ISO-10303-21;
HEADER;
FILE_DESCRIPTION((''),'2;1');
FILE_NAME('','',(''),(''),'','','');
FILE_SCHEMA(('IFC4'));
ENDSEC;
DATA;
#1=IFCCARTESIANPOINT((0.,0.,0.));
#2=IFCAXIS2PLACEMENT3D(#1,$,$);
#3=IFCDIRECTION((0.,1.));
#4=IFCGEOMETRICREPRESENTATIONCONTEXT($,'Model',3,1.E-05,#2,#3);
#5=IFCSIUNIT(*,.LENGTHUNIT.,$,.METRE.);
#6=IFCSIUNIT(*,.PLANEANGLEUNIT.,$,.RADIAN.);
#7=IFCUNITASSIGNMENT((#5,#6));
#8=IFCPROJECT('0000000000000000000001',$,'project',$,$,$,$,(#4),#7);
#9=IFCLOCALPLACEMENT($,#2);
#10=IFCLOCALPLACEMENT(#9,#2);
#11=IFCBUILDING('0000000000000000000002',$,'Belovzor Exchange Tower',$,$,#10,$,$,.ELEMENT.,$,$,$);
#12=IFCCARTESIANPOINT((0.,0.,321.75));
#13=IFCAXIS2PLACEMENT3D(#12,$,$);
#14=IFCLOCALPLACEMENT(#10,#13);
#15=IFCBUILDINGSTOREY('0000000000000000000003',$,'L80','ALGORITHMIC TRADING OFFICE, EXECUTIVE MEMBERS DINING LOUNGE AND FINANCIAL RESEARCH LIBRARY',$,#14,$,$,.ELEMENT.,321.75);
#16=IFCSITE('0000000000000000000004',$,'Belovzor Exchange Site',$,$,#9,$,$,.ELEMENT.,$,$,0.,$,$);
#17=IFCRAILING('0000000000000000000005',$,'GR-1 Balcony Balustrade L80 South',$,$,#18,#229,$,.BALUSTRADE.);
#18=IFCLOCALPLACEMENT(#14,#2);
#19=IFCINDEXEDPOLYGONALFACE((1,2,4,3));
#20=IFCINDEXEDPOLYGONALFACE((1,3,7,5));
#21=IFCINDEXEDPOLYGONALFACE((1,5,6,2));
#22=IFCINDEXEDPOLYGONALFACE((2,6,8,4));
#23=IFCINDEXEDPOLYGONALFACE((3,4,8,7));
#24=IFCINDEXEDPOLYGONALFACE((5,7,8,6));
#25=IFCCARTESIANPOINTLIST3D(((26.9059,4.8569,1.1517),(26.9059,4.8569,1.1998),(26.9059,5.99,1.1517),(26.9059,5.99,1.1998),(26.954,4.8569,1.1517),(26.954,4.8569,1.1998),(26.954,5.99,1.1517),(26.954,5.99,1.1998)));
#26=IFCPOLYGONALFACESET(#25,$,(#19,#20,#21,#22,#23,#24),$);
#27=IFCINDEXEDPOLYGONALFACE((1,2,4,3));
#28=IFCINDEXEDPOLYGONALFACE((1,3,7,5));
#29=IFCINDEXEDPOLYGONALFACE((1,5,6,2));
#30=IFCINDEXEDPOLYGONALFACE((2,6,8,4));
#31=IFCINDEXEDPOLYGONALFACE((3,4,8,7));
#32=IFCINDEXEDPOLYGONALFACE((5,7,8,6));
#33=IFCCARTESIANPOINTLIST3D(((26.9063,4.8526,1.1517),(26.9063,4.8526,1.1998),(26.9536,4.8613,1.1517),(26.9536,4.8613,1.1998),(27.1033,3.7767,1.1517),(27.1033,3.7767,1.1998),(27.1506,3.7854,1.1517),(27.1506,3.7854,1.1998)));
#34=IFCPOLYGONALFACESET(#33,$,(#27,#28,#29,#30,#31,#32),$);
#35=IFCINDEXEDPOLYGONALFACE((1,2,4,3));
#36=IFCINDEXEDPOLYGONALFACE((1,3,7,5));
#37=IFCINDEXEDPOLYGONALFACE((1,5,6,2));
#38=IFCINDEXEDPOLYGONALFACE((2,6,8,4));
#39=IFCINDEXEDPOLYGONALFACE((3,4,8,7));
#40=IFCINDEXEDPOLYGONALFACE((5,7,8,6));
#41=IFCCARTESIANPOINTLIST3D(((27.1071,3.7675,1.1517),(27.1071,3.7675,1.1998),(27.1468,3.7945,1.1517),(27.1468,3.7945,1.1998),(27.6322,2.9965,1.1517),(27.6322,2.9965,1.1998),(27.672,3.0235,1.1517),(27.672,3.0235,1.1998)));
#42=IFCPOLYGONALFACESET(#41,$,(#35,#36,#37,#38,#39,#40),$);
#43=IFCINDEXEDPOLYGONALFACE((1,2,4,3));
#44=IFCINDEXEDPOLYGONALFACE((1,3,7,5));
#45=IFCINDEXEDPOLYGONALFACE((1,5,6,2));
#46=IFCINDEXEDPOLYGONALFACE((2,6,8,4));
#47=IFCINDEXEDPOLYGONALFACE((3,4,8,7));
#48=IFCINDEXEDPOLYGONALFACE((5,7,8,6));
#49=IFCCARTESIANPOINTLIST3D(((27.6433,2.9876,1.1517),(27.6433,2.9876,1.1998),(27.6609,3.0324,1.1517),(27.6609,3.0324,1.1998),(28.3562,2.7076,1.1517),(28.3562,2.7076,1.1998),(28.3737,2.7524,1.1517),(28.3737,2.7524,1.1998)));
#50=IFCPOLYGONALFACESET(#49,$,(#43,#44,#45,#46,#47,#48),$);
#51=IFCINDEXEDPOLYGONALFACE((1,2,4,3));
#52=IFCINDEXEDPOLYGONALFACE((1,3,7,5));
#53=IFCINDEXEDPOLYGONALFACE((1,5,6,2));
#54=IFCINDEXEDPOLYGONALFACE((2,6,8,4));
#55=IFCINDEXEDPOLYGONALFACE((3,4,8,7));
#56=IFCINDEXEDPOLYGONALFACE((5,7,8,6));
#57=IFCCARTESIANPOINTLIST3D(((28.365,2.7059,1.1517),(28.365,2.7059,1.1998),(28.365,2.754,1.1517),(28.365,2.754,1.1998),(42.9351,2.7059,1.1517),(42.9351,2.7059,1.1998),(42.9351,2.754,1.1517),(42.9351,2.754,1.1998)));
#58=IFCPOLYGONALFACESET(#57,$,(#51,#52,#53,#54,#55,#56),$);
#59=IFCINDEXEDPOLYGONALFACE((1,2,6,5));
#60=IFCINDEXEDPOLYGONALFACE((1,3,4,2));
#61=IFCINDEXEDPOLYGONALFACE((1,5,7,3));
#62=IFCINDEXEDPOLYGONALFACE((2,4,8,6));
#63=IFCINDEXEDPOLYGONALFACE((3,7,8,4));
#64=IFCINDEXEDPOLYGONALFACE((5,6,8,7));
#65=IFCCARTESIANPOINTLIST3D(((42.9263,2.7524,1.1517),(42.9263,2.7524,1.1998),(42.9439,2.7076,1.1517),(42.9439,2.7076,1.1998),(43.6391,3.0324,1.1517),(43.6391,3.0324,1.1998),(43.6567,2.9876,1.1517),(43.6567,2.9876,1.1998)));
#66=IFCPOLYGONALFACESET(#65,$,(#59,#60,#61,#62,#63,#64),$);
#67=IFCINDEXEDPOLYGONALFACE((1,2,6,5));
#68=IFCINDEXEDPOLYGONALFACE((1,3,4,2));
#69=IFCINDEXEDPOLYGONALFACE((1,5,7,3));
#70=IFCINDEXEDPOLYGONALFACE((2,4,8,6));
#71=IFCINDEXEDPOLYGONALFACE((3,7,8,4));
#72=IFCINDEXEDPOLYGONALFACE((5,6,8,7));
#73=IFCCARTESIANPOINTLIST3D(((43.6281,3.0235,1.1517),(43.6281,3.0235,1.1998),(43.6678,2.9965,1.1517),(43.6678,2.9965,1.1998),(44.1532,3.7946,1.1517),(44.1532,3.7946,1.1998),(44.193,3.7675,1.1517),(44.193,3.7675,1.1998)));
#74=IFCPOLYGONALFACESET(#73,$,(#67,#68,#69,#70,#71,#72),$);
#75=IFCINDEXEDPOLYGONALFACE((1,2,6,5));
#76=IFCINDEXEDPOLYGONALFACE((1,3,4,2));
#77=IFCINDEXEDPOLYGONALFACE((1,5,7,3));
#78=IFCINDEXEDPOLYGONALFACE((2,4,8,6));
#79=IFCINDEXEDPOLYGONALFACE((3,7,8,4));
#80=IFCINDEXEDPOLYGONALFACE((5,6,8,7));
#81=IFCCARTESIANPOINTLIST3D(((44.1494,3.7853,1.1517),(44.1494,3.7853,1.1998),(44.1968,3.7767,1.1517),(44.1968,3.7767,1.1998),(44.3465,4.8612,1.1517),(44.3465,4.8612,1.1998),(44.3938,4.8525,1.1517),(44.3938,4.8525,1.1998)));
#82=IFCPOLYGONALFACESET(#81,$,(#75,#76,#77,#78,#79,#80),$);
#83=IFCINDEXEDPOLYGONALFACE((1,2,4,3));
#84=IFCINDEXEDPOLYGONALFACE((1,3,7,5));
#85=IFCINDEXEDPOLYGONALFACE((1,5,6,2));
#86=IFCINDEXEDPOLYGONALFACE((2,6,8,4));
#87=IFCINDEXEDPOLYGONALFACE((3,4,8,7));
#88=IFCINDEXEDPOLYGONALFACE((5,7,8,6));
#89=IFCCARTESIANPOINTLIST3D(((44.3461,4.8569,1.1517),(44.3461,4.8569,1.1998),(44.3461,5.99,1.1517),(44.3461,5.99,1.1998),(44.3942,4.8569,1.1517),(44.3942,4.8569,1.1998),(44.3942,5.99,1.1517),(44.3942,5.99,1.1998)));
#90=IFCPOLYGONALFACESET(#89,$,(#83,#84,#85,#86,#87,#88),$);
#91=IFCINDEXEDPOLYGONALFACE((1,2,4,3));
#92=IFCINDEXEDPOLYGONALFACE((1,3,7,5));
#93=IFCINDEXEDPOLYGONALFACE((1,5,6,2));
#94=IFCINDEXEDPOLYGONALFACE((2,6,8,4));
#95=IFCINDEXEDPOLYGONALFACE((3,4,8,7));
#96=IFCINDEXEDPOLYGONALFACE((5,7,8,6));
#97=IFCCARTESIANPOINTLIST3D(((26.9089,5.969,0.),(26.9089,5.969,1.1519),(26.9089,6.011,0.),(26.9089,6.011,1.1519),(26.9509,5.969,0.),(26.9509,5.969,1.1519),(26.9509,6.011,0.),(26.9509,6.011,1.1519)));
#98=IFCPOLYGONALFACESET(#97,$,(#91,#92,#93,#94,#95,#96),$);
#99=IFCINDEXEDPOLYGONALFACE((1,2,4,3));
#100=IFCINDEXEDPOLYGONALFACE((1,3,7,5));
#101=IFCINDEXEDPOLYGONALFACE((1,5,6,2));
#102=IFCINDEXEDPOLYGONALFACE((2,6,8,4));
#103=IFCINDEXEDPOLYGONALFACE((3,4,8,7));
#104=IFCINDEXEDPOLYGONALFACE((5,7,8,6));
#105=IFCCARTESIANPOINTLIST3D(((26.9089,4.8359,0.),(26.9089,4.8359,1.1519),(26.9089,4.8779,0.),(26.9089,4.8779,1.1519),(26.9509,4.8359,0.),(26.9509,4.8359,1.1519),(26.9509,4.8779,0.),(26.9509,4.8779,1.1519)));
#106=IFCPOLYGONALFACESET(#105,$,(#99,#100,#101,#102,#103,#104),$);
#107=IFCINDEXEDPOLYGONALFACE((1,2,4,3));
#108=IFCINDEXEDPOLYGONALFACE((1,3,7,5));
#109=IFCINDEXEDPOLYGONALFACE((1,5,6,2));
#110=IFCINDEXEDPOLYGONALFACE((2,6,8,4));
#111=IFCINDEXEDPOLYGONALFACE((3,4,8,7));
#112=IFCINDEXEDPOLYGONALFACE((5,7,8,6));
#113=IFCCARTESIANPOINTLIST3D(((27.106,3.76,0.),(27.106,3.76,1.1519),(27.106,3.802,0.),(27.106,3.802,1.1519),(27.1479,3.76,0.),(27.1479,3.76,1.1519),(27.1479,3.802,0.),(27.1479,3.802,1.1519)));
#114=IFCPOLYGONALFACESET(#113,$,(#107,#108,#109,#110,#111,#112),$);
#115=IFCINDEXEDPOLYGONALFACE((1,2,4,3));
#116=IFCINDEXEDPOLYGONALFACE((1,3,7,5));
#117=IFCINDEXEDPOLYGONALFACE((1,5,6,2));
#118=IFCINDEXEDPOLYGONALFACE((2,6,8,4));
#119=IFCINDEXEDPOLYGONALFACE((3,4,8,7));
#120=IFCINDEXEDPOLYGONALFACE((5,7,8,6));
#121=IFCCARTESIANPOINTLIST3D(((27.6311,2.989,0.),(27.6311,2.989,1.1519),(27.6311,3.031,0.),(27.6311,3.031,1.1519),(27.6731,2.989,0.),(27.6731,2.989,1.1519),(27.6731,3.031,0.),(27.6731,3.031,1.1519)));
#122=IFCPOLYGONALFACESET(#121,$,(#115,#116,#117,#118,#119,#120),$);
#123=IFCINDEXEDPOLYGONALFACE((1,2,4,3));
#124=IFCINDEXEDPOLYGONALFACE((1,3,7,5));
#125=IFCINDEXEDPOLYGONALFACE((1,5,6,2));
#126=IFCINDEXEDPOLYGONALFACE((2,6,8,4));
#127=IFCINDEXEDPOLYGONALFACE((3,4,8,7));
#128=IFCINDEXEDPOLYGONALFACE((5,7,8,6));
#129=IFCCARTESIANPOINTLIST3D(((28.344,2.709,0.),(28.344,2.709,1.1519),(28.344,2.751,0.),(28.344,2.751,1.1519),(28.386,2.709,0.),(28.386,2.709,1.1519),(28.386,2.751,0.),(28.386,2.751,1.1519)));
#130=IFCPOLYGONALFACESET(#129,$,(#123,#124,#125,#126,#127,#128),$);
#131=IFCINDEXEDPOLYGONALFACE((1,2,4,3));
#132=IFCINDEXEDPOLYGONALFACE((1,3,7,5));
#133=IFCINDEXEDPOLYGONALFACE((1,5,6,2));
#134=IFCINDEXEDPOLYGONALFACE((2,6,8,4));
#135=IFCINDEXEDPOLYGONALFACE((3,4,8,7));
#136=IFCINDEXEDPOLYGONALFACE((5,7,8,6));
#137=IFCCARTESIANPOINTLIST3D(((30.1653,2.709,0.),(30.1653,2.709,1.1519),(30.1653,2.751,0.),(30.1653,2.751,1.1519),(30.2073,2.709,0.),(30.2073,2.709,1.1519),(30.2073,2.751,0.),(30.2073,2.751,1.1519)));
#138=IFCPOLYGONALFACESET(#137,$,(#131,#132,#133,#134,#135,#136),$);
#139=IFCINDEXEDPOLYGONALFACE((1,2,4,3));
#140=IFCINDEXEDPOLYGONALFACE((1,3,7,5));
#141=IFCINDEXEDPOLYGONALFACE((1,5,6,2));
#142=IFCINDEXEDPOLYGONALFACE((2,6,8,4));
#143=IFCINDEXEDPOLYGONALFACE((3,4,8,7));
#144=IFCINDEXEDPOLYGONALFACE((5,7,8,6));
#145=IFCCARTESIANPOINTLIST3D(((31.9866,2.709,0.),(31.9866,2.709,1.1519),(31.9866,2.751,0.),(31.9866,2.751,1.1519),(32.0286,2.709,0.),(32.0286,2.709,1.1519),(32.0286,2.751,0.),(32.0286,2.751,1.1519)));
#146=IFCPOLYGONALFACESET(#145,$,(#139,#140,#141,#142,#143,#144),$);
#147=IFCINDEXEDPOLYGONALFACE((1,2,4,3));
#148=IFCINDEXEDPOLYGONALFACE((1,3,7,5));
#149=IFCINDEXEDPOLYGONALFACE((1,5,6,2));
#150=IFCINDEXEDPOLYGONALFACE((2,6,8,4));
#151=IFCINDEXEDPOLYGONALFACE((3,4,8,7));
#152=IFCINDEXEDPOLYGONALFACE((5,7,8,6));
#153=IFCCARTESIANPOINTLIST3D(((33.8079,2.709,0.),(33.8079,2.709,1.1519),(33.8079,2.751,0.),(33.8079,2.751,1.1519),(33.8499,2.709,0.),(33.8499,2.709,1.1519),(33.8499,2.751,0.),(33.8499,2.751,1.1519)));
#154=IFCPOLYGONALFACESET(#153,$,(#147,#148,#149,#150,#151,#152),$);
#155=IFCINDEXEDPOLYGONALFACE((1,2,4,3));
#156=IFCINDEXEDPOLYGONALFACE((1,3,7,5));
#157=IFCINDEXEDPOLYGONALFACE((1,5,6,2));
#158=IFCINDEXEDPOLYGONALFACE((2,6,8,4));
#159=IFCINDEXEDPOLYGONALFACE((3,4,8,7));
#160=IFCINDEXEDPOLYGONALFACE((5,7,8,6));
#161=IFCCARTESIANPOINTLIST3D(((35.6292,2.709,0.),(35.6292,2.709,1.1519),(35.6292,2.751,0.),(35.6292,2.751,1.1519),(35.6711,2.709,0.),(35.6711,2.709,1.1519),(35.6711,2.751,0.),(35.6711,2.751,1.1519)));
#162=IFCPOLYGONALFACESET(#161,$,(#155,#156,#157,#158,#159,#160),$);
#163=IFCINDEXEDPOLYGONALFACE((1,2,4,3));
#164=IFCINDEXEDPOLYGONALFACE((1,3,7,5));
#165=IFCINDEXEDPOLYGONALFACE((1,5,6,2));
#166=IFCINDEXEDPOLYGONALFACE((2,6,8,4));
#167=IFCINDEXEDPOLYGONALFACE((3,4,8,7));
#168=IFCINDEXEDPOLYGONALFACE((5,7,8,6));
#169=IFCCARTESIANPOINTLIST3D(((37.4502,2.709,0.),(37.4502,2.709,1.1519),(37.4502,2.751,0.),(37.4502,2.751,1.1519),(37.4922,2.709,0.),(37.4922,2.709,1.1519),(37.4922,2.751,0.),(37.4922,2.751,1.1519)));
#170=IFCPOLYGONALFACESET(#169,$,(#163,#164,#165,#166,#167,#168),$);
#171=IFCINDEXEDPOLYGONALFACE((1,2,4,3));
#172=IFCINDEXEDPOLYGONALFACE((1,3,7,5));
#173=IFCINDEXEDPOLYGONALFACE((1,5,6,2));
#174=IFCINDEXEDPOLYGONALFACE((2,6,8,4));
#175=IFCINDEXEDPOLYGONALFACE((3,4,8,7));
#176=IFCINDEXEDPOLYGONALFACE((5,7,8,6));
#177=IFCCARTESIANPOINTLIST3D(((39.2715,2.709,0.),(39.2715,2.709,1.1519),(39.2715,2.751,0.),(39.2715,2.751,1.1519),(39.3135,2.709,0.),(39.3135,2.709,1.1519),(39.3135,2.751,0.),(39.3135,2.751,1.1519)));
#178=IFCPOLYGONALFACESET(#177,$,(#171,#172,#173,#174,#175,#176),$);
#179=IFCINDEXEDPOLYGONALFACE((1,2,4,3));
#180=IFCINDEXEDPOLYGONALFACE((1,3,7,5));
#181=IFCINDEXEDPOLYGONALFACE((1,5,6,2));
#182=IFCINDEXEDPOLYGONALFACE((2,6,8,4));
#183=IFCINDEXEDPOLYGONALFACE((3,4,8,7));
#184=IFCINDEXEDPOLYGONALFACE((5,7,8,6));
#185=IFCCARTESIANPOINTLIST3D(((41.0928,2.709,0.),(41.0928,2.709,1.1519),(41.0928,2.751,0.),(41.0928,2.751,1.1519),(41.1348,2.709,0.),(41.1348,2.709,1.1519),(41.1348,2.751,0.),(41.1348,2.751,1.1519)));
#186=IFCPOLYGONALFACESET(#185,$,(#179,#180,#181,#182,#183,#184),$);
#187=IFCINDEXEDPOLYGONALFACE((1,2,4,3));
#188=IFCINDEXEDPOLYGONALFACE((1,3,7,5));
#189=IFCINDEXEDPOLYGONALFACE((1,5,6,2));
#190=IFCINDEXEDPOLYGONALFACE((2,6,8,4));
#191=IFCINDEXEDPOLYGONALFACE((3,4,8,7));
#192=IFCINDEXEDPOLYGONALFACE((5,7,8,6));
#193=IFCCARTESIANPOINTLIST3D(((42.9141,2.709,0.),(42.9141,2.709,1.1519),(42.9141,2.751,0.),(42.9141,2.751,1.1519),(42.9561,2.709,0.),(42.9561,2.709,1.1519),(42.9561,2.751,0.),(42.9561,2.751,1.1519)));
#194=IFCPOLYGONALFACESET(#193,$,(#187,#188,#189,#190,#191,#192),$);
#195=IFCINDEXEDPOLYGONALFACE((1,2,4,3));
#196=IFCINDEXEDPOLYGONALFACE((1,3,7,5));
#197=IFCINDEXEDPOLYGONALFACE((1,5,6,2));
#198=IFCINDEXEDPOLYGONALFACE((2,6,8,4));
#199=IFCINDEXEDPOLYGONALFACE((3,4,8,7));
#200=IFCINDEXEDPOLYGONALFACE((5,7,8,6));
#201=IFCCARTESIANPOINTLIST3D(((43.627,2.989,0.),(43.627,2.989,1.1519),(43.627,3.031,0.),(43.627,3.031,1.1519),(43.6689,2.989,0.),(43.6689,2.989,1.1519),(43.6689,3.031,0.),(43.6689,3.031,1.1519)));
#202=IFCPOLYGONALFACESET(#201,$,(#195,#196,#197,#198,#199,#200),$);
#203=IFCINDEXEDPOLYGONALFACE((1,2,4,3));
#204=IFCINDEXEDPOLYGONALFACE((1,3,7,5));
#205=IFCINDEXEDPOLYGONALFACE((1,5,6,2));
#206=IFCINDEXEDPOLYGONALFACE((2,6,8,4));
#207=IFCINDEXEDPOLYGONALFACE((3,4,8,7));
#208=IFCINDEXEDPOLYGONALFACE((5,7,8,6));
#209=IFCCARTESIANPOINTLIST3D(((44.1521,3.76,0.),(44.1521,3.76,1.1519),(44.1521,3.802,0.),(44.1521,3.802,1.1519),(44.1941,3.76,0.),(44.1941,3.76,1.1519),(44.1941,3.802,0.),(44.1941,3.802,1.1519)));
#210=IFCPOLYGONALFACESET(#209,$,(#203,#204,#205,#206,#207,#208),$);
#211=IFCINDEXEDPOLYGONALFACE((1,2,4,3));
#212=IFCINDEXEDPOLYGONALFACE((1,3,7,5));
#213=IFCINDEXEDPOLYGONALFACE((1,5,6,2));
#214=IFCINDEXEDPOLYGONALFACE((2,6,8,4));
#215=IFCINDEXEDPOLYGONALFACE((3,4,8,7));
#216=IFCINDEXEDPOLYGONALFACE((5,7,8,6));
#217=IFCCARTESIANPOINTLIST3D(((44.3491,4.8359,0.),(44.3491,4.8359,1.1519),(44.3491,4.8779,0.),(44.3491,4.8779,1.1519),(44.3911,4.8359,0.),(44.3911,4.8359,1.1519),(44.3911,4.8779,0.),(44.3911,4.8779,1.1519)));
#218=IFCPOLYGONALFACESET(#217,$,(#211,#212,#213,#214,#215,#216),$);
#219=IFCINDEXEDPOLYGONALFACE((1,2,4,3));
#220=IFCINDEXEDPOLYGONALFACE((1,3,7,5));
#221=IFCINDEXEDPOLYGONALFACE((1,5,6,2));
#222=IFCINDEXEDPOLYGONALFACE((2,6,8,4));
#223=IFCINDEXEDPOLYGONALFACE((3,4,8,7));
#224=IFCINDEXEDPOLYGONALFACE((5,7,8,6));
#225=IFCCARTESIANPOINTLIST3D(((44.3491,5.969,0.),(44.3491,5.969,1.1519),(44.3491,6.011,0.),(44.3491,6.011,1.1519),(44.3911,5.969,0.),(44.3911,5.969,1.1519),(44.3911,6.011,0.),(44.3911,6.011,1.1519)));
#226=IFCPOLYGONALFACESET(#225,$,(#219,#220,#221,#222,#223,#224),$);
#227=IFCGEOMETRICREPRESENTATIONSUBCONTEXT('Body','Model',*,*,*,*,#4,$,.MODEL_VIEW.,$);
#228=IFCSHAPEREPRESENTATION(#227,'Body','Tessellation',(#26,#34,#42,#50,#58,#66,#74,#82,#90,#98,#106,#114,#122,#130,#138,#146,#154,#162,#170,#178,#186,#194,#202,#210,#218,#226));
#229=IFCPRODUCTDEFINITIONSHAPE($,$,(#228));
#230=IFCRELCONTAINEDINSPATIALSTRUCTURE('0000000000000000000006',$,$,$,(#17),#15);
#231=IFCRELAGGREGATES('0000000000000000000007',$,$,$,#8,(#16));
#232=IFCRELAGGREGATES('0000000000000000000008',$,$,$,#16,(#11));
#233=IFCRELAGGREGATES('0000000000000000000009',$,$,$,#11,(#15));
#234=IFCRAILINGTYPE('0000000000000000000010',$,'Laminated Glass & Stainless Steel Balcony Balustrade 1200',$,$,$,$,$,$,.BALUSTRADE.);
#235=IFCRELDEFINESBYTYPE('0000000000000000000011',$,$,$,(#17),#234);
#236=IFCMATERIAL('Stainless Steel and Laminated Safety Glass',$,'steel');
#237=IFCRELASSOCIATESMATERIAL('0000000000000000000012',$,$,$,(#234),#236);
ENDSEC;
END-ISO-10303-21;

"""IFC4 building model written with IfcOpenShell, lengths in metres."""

from ifc_helpers import new_model, si_unit, direction, frame, origin, origin_2d, place, context, subcontext, project, spatial, rectangle, extrude, material, type_object, element, save


model = new_model("IFC4")

# Units and contexts
model_context = context("Model", 3, precision=1e-05, world=origin(), true_north=direction((0.0, 1.0)))
body_context = subcontext(model_context, "Body", "Model", "MODEL_VIEW")
ifc_project = project(units=[si_unit("LENGTHUNIT", "METRE"), si_unit("PLANEANGLEUNIT", "RADIAN")], contexts=[model_context])

# Site, building, storey
site_placement = place(None, origin())
site = spatial("IfcSite", under=ifc_project, at=site_placement, Name="Belovzor Exchange Site", CompositionType="ELEMENT", RefElevation=0.0)
building_placement = place(site_placement, origin())
building = spatial("IfcBuilding", under=site, at=building_placement, Name="Belovzor Exchange Tower", CompositionType="ELEMENT")
storey_placement = place(building_placement, frame((0.0, 0.0, 321.75)))
storey = spatial("IfcBuildingStorey", under=building, at=storey_placement, Name="L80", Description="ALGORITHMIC TRADING OFFICE, EXECUTIVE MEMBERS DINING LOUNGE AND FINANCIAL RESEARCH LIBRARY", CompositionType="ELEMENT", Elevation=321.75)

# Railing
ifc_material_1 = material(Name="Stainless Steel and Laminated Safety Glass", Category="steel")
railing_type = type_object("IfcRailingType", Name="Laminated Glass & Stainless Steel Balcony Balustrade 1200", PredefinedType="BALUSTRADE", material=ifc_material_1)
railing_placement = place(storey_placement, frame((26.9299, 5.99, 0.0)))
element("IfcRailing", 1, at=railing_placement, inside=storey, type_object=railing_type, Name="GR-1 Balcony Balustrade L80 South", PredefinedType="BALUSTRADE", context=body_context, shape_type="SweptSolid", body=[
    extrude(rectangle(XDim=0.0481, YDim=0.0481, at=origin_2d()), frame((0.0, 0.0, 1.1758), z_axis=(0.0, -1.0, 0.0), x_axis=(1.0, 0.0, 0.0)), (0.0, 0.0, 1.0), 1.1331),
    extrude(rectangle(XDim=0.0481, YDim=0.0481, at=origin_2d()), frame((0.0, -1.1331, 1.1758), z_axis=(0.180123, -0.983644, 0.0), x_axis=(0.983644, 0.180123, 0.0)), (0.0, 0.0, 1.0), 1.0938),
    extrude(rectangle(XDim=0.0481, YDim=0.0481, at=origin_2d()), frame((0.197, -2.209, 1.1758), z_axis=(0.562947, -0.826493, 0.0), x_axis=(0.826493, 0.562947, 0.0)), (0.0, 0.0, 1.0), 0.9329),
    extrude(rectangle(XDim=0.0481, YDim=0.0481, at=origin_2d()), frame((0.7222, -2.98, 1.1758), z_axis=(0.930767, -0.365613, 0.0), x_axis=(0.365613, 0.930767, 0.0)), (0.0, 0.0, 1.0), 0.7659),
    extrude(rectangle(XDim=0.0481, YDim=0.0481, at=origin_2d()), frame((1.4351, -3.26, 1.1758), z_axis=(1.0, 0.0, 0.0), x_axis=(0.0, 1.0, 0.0)), (0.0, 0.0, 1.0), 14.5701),
    extrude(rectangle(XDim=0.0481, YDim=0.0481, at=origin_2d()), frame((16.0051, -3.26, 1.1758), z_axis=(0.930767, 0.365613, 0.0), x_axis=(-0.365613, 0.930767, 0.0)), (0.0, 0.0, 1.0), 0.7659),
    extrude(rectangle(XDim=0.0481, YDim=0.0481, at=origin_2d()), frame((16.718, -2.98, 1.1758), z_axis=(0.562947, 0.826493, 0.0), x_axis=(-0.826493, 0.562947, 0.0)), (0.0, 0.0, 1.0), 0.9329),
    extrude(rectangle(XDim=0.0481, YDim=0.0481, at=origin_2d()), frame((17.2432, -2.209, 1.1758), z_axis=(0.180123, 0.983644, 0.0), x_axis=(-0.983644, 0.180123, 0.0)), (0.0, 0.0, 1.0), 1.0938),
    extrude(rectangle(XDim=0.0481, YDim=0.0481, at=origin_2d()), frame((17.4402, -1.1331, 1.1758), z_axis=(0.0, 1.0, 0.0), x_axis=(-1.0, 0.0, 0.0)), (0.0, 0.0, 1.0), 1.1331),
    extrude(rectangle(XDim=0.042, YDim=0.042, at=origin_2d()), origin(), (0.0, 0.0, 1.0), 1.1519),
    extrude(rectangle(XDim=0.042, YDim=0.042, at=origin_2d()), frame((0.0, -1.1331, 0.0)), (0.0, 0.0, 1.0), 1.1519),
    extrude(rectangle(XDim=0.042, YDim=0.042, at=origin_2d()), frame((0.197, -2.209, 0.0)), (0.0, 0.0, 1.0), 1.1519),
    extrude(rectangle(XDim=0.042, YDim=0.042, at=origin_2d()), frame((0.7222, -2.98, 0.0)), (0.0, 0.0, 1.0), 1.1519),
    extrude(rectangle(XDim=0.042, YDim=0.042, at=origin_2d()), frame((1.4351, -3.26, 0.0)), (0.0, 0.0, 1.0), 1.1519),
    extrude(rectangle(XDim=0.042, YDim=0.042, at=origin_2d()), frame((3.2563, -3.26, 0.0)), (0.0, 0.0, 1.0), 1.1519),
    extrude(rectangle(XDim=0.042, YDim=0.042, at=origin_2d()), frame((5.0776, -3.26, 0.0)), (0.0, 0.0, 1.0), 1.1519),
    extrude(rectangle(XDim=0.042, YDim=0.042, at=origin_2d()), frame((6.8989, -3.26, 0.0)), (0.0, 0.0, 1.0), 1.1519),
    extrude(rectangle(XDim=0.042, YDim=0.042, at=origin_2d()), frame((8.7202, -3.26, 0.0)), (0.0, 0.0, 1.0), 1.1519),
    extrude(rectangle(XDim=0.042, YDim=0.042, at=origin_2d()), frame((10.5413, -3.26, 0.0)), (0.0, 0.0, 1.0), 1.1519),
    extrude(rectangle(XDim=0.042, YDim=0.042, at=origin_2d()), frame((12.3625, -3.26, 0.0)), (0.0, 0.0, 1.0), 1.1519),
    extrude(rectangle(XDim=0.042, YDim=0.042, at=origin_2d()), frame((14.1838, -3.26, 0.0)), (0.0, 0.0, 1.0), 1.1519),
    extrude(rectangle(XDim=0.042, YDim=0.042, at=origin_2d()), frame((16.0051, -3.26, 0.0)), (0.0, 0.0, 1.0), 1.1519),
    extrude(rectangle(XDim=0.042, YDim=0.042, at=origin_2d()), frame((16.718, -2.98, 0.0)), (0.0, 0.0, 1.0), 1.1519),
    extrude(rectangle(XDim=0.042, YDim=0.042, at=origin_2d()), frame((17.2432, -2.209, 0.0)), (0.0, 0.0, 1.0), 1.1519),
    extrude(rectangle(XDim=0.042, YDim=0.042, at=origin_2d()), frame((17.4402, -1.1331, 0.0)), (0.0, 0.0, 1.0), 1.1519),
    extrude(rectangle(XDim=0.042, YDim=0.042, at=origin_2d()), frame((17.4402, 0.0, 0.0)), (0.0, 0.0, 1.0), 1.1519),
])

save(model, "model.ifc")
